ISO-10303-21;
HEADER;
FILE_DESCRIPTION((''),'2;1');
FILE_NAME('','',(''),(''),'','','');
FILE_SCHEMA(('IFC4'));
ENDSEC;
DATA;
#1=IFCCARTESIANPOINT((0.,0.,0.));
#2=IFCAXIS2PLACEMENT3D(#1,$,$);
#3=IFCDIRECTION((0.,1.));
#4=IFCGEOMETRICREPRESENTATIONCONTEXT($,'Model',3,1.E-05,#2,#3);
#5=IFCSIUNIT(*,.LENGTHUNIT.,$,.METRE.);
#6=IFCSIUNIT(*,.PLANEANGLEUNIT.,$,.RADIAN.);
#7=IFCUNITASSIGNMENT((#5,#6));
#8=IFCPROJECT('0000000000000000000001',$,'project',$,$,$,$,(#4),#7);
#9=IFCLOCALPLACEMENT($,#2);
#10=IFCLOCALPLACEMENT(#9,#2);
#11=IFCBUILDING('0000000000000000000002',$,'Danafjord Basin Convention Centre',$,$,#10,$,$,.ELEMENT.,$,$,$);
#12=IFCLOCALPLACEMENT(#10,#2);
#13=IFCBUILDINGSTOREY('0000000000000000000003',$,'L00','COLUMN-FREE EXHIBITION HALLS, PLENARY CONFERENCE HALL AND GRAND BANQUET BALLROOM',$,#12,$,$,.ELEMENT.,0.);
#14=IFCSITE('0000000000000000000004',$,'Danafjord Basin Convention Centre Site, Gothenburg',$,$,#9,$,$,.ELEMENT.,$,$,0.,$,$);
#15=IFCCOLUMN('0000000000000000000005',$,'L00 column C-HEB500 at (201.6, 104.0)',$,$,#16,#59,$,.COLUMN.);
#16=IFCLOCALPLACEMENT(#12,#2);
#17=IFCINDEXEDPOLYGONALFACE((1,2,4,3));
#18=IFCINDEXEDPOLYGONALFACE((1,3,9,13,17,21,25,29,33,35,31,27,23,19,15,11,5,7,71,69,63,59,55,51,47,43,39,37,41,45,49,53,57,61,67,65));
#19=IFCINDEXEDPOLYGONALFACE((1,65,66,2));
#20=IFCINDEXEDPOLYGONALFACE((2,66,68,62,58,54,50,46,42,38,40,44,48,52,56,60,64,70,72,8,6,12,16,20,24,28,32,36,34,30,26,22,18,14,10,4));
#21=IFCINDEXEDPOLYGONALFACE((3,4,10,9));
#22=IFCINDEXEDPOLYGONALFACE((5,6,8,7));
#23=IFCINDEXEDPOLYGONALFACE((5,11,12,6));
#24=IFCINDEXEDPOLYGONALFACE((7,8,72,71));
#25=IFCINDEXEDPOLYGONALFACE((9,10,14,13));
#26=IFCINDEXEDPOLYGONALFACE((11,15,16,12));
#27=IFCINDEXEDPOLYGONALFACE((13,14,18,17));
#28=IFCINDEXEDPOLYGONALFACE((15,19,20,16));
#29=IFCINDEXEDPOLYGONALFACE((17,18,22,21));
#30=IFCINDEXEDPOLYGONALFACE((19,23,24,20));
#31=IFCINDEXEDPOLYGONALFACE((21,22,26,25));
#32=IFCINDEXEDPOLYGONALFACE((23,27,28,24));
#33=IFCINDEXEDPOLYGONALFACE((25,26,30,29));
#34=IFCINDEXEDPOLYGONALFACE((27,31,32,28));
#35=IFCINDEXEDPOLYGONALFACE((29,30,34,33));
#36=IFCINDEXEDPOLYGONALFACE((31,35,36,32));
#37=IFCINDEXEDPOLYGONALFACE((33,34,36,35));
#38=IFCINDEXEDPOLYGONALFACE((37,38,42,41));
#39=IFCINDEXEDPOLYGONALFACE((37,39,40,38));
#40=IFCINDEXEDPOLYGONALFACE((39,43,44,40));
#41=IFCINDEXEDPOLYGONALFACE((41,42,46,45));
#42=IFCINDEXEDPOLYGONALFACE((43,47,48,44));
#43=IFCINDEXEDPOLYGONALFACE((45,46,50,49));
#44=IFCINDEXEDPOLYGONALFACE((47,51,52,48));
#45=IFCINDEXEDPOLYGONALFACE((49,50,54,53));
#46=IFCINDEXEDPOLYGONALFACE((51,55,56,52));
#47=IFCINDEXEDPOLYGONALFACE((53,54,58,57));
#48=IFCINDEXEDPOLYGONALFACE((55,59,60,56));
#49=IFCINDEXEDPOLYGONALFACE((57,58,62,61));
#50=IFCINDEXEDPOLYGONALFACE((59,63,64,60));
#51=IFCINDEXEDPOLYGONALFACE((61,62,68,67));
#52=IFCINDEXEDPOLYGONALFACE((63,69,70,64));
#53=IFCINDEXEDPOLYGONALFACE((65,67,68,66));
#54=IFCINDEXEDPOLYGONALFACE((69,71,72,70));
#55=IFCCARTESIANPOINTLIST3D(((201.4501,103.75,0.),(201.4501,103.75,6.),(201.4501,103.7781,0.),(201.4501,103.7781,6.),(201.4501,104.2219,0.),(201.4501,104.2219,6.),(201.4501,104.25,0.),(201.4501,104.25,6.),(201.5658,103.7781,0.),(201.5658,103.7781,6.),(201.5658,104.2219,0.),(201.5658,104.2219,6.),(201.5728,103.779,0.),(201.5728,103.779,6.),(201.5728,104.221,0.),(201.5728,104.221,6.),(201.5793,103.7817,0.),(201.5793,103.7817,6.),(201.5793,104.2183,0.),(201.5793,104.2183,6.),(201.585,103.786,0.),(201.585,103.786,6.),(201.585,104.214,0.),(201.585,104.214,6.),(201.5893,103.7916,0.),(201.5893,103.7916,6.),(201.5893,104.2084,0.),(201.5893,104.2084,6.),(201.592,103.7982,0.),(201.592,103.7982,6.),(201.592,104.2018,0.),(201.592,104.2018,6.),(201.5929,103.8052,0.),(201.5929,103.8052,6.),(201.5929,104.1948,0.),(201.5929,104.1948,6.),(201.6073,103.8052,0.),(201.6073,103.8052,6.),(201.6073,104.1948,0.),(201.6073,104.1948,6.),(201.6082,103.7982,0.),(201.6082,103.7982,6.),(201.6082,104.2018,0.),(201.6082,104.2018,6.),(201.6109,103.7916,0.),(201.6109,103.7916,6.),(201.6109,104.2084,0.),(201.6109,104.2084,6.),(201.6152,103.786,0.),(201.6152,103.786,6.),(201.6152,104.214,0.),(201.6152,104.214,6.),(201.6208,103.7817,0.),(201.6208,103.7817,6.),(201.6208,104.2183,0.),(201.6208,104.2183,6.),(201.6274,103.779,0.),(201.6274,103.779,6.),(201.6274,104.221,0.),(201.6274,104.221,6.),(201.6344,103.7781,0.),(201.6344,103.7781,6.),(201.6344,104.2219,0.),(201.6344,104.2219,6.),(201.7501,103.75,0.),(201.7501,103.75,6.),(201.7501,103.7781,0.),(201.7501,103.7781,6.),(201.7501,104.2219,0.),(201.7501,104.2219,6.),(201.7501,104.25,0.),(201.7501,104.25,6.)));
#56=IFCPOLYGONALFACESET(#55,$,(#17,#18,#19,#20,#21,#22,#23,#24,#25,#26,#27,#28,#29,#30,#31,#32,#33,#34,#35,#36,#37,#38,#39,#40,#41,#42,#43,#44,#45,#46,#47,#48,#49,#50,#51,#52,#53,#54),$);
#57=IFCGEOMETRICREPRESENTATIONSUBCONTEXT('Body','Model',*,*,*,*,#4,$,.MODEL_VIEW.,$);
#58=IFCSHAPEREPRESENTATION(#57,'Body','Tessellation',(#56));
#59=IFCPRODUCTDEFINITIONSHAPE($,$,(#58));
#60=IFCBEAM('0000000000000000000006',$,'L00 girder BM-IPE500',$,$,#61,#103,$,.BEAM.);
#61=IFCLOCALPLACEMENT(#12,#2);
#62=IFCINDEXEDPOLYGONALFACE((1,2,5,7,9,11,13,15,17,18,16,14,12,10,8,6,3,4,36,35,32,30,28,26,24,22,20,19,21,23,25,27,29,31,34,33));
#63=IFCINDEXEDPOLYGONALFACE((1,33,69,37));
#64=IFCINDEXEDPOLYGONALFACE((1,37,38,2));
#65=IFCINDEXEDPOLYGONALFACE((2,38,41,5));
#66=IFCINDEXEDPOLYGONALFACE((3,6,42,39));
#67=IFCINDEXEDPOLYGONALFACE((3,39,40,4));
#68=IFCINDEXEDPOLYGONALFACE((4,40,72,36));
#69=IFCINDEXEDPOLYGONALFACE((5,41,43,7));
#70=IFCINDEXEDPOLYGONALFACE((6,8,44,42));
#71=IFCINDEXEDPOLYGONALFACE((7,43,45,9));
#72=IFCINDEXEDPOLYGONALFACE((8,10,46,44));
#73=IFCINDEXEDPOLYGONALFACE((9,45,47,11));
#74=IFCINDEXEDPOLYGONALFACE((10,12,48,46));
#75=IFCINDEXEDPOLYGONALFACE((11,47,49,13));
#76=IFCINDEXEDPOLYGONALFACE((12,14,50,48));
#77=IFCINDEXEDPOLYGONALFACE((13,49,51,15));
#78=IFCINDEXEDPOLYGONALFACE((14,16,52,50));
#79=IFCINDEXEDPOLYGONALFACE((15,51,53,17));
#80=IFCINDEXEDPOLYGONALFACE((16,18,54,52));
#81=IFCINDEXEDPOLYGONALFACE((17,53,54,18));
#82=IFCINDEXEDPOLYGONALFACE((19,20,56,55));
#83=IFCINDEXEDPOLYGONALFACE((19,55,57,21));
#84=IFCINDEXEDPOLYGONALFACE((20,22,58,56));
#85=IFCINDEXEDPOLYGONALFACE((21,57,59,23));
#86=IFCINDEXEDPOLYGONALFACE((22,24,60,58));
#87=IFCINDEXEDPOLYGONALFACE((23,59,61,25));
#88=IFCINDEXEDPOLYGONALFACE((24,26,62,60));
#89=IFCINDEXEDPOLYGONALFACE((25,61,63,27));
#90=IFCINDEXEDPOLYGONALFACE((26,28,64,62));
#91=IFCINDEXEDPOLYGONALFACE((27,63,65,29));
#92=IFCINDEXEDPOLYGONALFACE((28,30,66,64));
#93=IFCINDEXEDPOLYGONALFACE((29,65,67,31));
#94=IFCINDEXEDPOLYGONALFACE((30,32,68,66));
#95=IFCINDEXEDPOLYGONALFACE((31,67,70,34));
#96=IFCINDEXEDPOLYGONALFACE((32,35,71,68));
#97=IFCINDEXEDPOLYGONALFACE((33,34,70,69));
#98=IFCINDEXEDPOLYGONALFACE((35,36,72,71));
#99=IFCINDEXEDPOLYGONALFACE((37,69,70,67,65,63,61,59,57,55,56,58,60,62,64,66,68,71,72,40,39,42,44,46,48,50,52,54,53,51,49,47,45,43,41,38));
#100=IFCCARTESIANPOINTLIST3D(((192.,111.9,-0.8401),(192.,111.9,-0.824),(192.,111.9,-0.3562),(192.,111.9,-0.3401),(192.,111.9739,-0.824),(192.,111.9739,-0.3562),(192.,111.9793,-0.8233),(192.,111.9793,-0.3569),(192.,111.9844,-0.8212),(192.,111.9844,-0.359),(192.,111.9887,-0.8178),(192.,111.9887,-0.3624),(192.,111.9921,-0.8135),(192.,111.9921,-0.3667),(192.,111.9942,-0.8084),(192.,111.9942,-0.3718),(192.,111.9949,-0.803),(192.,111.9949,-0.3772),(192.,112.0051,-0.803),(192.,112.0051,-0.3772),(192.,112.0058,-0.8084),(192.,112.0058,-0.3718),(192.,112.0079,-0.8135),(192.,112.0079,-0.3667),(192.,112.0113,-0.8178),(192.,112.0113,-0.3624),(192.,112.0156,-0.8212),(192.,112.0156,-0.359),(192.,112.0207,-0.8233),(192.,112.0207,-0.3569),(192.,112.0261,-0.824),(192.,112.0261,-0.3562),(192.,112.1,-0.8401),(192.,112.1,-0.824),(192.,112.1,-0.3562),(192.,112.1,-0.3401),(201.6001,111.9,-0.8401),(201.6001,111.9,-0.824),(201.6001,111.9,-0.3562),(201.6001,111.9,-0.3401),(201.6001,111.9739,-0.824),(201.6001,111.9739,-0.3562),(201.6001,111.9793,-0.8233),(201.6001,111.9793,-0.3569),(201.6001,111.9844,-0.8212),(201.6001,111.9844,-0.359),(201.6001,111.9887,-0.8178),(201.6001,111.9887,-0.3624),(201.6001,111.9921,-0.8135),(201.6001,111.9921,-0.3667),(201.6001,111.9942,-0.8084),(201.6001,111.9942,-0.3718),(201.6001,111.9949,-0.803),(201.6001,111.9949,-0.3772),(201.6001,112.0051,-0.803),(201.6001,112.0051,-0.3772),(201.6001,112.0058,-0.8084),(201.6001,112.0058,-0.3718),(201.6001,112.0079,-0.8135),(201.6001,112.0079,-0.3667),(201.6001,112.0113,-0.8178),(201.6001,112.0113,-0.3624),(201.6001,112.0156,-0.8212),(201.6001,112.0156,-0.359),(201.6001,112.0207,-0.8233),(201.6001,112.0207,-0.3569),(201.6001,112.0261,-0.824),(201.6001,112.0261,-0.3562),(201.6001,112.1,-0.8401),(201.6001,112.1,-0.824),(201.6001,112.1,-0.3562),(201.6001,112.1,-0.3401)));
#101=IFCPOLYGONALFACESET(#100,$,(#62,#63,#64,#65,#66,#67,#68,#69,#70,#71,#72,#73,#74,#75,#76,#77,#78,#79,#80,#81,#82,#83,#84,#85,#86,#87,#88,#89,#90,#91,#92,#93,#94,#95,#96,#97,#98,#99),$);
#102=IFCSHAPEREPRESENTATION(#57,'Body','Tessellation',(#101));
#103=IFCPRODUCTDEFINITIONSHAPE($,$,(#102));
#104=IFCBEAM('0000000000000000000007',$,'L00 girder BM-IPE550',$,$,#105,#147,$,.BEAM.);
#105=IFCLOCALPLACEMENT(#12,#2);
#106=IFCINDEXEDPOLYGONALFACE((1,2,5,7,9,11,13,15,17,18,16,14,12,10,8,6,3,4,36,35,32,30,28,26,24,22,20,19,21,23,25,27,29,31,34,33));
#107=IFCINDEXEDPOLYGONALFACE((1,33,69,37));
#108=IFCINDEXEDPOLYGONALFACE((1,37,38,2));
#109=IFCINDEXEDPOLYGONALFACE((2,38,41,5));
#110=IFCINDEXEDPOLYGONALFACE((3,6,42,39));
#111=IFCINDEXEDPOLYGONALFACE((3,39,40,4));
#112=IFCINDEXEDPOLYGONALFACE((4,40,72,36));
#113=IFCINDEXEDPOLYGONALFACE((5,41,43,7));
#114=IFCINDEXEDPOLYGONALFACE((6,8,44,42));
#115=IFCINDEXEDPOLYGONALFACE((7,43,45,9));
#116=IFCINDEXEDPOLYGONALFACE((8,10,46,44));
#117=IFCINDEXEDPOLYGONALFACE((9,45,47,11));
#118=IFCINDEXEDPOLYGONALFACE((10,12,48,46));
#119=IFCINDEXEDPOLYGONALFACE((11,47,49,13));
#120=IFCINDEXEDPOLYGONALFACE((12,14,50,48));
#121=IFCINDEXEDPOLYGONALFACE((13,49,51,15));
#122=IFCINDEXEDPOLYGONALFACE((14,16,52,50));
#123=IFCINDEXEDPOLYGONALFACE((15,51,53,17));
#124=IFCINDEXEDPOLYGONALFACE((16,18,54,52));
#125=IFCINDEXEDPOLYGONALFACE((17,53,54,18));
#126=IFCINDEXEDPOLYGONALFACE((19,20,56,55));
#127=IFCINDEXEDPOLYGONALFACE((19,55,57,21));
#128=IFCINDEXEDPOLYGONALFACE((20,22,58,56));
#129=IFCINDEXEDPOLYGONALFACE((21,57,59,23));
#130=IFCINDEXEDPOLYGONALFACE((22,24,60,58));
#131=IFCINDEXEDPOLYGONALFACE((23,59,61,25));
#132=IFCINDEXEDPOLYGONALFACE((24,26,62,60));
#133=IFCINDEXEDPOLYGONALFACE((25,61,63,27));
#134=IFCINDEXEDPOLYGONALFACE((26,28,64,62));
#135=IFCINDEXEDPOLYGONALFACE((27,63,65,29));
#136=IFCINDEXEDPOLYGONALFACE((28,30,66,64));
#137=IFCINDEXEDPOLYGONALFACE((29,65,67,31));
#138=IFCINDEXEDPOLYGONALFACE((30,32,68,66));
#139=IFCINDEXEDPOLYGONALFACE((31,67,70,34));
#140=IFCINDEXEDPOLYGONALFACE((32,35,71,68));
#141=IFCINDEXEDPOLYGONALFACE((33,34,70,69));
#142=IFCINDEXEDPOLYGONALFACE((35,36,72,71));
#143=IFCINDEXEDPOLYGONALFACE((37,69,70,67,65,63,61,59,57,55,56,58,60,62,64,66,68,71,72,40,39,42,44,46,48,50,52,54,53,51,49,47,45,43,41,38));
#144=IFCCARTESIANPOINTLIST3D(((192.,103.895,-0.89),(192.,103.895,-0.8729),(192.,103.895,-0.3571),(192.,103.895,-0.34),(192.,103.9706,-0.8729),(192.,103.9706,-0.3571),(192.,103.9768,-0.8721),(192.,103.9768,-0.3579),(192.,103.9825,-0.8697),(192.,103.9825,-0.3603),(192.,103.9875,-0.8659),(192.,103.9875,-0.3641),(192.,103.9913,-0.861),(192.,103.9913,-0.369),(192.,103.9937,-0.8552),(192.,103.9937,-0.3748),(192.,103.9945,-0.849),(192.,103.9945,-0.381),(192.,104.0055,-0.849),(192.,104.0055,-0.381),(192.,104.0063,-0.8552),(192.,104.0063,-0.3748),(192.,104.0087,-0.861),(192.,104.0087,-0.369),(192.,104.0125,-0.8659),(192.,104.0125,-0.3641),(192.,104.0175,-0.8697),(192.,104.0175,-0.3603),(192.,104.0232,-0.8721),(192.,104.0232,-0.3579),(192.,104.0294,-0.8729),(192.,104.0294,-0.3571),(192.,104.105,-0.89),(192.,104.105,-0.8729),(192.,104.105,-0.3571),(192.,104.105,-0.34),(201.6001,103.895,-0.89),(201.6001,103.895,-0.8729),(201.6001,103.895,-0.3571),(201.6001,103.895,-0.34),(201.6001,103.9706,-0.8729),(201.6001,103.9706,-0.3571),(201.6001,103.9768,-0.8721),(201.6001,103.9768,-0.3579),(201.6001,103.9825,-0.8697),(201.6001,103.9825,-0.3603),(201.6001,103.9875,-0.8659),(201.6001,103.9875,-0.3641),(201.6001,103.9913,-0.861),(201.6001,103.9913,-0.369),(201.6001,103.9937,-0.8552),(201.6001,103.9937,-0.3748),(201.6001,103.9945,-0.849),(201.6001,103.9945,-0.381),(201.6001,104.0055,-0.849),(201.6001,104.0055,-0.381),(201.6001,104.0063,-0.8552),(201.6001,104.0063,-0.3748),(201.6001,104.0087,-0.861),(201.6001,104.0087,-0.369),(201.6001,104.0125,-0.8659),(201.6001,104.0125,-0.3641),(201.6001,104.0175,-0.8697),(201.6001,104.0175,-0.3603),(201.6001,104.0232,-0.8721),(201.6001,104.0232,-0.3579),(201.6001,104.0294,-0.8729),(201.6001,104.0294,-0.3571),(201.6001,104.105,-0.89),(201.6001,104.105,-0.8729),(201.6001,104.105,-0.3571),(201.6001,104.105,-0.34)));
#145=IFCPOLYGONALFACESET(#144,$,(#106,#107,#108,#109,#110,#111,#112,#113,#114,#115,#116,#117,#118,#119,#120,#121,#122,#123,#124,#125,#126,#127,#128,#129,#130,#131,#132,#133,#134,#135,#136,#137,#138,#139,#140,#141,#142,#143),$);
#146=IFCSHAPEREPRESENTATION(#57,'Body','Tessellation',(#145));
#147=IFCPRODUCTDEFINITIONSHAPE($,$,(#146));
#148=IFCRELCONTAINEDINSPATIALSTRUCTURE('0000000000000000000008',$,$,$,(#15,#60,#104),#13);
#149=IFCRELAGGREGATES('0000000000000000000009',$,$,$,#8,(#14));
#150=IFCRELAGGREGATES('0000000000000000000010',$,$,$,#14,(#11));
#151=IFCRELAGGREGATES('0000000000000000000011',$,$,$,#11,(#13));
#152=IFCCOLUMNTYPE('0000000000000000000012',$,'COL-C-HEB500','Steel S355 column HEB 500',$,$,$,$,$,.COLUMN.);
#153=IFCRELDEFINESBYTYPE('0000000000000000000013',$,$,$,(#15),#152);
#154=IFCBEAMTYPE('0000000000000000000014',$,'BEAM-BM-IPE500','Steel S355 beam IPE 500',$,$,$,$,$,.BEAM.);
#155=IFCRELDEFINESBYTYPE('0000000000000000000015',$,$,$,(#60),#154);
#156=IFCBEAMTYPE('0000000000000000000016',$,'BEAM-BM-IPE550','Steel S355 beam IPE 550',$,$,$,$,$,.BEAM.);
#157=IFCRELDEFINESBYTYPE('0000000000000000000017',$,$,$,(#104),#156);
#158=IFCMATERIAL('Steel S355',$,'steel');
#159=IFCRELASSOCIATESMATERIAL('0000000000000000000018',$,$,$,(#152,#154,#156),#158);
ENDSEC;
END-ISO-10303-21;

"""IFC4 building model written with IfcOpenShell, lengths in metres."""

from ifc_helpers import new_model, si_unit, direction, frame, origin, origin_2d, place, context, subcontext, project, spatial, i_section, extrude, material, material_profile, profile_set, type_object, element, save


model = new_model("IFC4")

# Units and contexts
model_context = context("Model", 3, precision=1e-05, world=origin(), true_north=direction((0.0, 1.0)))
body_context = subcontext(model_context, "Body", "Model", "MODEL_VIEW")
ifc_project = project(units=[si_unit("LENGTHUNIT", "METRE"), si_unit("PLANEANGLEUNIT", "RADIAN")], contexts=[model_context])

# Site, building, storey
site_placement = place(None, origin())
site = spatial("IfcSite", under=ifc_project, at=site_placement, Name="Danafjord Basin Convention Centre Site, Gothenburg", CompositionType="ELEMENT", RefElevation=0.0)
building_placement = place(site_placement, origin())
building = spatial("IfcBuilding", under=site, at=building_placement, Name="Danafjord Basin Convention Centre", CompositionType="ELEMENT")
storey_placement = place(building_placement, origin())
storey = spatial("IfcBuildingStorey", under=building, at=storey_placement, Name="L00", Description="COLUMN-FREE EXHIBITION HALLS, PLENARY CONFERENCE HALL AND GRAND BANQUET BALLROOM", CompositionType="ELEMENT", Elevation=0.0)

# Column
ifc_material_1 = material(Name="Steel S355", Category="steel")
ifc_material_profile_1 = material_profile(ifc_material_1, i_section(OverallWidth=0.3, OverallDepth=0.5, WebThickness=0.0144, FlangeThickness=0.0281, FilletRadius=0.0271, at=origin_2d()), Name="HEB 500")
ifc_profile_set_1 = profile_set([ifc_material_profile_1], Name="Steel S355")
column_type_1 = type_object("IfcColumnType", Name="COL-C-HEB500", Description="Steel S355 column HEB 500", PredefinedType="COLUMN", material=ifc_profile_set_1)
column_1_placement = place(storey_placement, frame((201.6001, 104.0, 0.0), z_axis=(0.0, 0.0, 1.0), x_axis=(1.0, 0.0, 0.0)))
element("IfcColumn", 1, at=column_1_placement, inside=storey, type_object=column_type_1, Name="L00 column C-HEB500 at (201.6, 104.0)", PredefinedType="COLUMN", context=body_context, shape_type="SweptSolid", body=[
    extrude(i_section(OverallWidth=0.3, OverallDepth=0.5, WebThickness=0.0144, FlangeThickness=0.0281, FilletRadius=0.0271, at=origin_2d()), origin(), (0.0, 0.0, 1.0), 6.0),
])

# Beams
ifc_material_profile_2 = material_profile(ifc_material_1, i_section(OverallWidth=0.2, OverallDepth=0.5, WebThickness=0.0103, FlangeThickness=0.0161, FilletRadius=0.021, at=origin_2d()), Name="IPE 500")
ifc_profile_set_2 = profile_set([ifc_material_profile_2], Name="Steel S355")
beam_type_1 = type_object("IfcBeamType", Name="BEAM-BM-IPE500", Description="Steel S355 beam IPE 500", PredefinedType="BEAM", material=ifc_profile_set_2)
beam_1_placement = place(storey_placement, frame((192.0, 112.0, -0.5901), z_axis=(1.0, 0.0, 0.0), x_axis=(0.0, 1.0, 0.0)))
element("IfcBeam", 2, at=beam_1_placement, inside=storey, type_object=beam_type_1, Name="L00 girder BM-IPE500", PredefinedType="BEAM", context=body_context, shape_type="SweptSolid", body=[
    extrude(i_section(OverallWidth=0.2, OverallDepth=0.5, WebThickness=0.0103, FlangeThickness=0.0161, FilletRadius=0.021, at=origin_2d()), origin(), (0.0, 0.0, 1.0), 9.6001),
])
ifc_material_profile_3 = material_profile(ifc_material_1, i_section(OverallWidth=0.21, OverallDepth=0.55, WebThickness=0.011, FlangeThickness=0.0171, FilletRadius=0.0239, at=origin_2d()), Name="IPE 550")
ifc_profile_set_3 = profile_set([ifc_material_profile_3], Name="Steel S355")
beam_type_2 = type_object("IfcBeamType", Name="BEAM-BM-IPE550", Description="Steel S355 beam IPE 550", PredefinedType="BEAM", material=ifc_profile_set_3)
beam_2_placement = place(storey_placement, frame((192.0, 104.0, -0.615), z_axis=(1.0, 0.0, 0.0), x_axis=(0.0, 1.0, 0.0)))
element("IfcBeam", 3, at=beam_2_placement, inside=storey, type_object=beam_type_2, Name="L00 girder BM-IPE550", PredefinedType="BEAM", context=body_context, shape_type="SweptSolid", body=[
    extrude(i_section(OverallWidth=0.21, OverallDepth=0.55, WebThickness=0.011, FlangeThickness=0.0171, FilletRadius=0.0239, at=origin_2d()), origin(), (0.0, 0.0, 1.0), 9.6001),
])

save(model, "model.ifc")
